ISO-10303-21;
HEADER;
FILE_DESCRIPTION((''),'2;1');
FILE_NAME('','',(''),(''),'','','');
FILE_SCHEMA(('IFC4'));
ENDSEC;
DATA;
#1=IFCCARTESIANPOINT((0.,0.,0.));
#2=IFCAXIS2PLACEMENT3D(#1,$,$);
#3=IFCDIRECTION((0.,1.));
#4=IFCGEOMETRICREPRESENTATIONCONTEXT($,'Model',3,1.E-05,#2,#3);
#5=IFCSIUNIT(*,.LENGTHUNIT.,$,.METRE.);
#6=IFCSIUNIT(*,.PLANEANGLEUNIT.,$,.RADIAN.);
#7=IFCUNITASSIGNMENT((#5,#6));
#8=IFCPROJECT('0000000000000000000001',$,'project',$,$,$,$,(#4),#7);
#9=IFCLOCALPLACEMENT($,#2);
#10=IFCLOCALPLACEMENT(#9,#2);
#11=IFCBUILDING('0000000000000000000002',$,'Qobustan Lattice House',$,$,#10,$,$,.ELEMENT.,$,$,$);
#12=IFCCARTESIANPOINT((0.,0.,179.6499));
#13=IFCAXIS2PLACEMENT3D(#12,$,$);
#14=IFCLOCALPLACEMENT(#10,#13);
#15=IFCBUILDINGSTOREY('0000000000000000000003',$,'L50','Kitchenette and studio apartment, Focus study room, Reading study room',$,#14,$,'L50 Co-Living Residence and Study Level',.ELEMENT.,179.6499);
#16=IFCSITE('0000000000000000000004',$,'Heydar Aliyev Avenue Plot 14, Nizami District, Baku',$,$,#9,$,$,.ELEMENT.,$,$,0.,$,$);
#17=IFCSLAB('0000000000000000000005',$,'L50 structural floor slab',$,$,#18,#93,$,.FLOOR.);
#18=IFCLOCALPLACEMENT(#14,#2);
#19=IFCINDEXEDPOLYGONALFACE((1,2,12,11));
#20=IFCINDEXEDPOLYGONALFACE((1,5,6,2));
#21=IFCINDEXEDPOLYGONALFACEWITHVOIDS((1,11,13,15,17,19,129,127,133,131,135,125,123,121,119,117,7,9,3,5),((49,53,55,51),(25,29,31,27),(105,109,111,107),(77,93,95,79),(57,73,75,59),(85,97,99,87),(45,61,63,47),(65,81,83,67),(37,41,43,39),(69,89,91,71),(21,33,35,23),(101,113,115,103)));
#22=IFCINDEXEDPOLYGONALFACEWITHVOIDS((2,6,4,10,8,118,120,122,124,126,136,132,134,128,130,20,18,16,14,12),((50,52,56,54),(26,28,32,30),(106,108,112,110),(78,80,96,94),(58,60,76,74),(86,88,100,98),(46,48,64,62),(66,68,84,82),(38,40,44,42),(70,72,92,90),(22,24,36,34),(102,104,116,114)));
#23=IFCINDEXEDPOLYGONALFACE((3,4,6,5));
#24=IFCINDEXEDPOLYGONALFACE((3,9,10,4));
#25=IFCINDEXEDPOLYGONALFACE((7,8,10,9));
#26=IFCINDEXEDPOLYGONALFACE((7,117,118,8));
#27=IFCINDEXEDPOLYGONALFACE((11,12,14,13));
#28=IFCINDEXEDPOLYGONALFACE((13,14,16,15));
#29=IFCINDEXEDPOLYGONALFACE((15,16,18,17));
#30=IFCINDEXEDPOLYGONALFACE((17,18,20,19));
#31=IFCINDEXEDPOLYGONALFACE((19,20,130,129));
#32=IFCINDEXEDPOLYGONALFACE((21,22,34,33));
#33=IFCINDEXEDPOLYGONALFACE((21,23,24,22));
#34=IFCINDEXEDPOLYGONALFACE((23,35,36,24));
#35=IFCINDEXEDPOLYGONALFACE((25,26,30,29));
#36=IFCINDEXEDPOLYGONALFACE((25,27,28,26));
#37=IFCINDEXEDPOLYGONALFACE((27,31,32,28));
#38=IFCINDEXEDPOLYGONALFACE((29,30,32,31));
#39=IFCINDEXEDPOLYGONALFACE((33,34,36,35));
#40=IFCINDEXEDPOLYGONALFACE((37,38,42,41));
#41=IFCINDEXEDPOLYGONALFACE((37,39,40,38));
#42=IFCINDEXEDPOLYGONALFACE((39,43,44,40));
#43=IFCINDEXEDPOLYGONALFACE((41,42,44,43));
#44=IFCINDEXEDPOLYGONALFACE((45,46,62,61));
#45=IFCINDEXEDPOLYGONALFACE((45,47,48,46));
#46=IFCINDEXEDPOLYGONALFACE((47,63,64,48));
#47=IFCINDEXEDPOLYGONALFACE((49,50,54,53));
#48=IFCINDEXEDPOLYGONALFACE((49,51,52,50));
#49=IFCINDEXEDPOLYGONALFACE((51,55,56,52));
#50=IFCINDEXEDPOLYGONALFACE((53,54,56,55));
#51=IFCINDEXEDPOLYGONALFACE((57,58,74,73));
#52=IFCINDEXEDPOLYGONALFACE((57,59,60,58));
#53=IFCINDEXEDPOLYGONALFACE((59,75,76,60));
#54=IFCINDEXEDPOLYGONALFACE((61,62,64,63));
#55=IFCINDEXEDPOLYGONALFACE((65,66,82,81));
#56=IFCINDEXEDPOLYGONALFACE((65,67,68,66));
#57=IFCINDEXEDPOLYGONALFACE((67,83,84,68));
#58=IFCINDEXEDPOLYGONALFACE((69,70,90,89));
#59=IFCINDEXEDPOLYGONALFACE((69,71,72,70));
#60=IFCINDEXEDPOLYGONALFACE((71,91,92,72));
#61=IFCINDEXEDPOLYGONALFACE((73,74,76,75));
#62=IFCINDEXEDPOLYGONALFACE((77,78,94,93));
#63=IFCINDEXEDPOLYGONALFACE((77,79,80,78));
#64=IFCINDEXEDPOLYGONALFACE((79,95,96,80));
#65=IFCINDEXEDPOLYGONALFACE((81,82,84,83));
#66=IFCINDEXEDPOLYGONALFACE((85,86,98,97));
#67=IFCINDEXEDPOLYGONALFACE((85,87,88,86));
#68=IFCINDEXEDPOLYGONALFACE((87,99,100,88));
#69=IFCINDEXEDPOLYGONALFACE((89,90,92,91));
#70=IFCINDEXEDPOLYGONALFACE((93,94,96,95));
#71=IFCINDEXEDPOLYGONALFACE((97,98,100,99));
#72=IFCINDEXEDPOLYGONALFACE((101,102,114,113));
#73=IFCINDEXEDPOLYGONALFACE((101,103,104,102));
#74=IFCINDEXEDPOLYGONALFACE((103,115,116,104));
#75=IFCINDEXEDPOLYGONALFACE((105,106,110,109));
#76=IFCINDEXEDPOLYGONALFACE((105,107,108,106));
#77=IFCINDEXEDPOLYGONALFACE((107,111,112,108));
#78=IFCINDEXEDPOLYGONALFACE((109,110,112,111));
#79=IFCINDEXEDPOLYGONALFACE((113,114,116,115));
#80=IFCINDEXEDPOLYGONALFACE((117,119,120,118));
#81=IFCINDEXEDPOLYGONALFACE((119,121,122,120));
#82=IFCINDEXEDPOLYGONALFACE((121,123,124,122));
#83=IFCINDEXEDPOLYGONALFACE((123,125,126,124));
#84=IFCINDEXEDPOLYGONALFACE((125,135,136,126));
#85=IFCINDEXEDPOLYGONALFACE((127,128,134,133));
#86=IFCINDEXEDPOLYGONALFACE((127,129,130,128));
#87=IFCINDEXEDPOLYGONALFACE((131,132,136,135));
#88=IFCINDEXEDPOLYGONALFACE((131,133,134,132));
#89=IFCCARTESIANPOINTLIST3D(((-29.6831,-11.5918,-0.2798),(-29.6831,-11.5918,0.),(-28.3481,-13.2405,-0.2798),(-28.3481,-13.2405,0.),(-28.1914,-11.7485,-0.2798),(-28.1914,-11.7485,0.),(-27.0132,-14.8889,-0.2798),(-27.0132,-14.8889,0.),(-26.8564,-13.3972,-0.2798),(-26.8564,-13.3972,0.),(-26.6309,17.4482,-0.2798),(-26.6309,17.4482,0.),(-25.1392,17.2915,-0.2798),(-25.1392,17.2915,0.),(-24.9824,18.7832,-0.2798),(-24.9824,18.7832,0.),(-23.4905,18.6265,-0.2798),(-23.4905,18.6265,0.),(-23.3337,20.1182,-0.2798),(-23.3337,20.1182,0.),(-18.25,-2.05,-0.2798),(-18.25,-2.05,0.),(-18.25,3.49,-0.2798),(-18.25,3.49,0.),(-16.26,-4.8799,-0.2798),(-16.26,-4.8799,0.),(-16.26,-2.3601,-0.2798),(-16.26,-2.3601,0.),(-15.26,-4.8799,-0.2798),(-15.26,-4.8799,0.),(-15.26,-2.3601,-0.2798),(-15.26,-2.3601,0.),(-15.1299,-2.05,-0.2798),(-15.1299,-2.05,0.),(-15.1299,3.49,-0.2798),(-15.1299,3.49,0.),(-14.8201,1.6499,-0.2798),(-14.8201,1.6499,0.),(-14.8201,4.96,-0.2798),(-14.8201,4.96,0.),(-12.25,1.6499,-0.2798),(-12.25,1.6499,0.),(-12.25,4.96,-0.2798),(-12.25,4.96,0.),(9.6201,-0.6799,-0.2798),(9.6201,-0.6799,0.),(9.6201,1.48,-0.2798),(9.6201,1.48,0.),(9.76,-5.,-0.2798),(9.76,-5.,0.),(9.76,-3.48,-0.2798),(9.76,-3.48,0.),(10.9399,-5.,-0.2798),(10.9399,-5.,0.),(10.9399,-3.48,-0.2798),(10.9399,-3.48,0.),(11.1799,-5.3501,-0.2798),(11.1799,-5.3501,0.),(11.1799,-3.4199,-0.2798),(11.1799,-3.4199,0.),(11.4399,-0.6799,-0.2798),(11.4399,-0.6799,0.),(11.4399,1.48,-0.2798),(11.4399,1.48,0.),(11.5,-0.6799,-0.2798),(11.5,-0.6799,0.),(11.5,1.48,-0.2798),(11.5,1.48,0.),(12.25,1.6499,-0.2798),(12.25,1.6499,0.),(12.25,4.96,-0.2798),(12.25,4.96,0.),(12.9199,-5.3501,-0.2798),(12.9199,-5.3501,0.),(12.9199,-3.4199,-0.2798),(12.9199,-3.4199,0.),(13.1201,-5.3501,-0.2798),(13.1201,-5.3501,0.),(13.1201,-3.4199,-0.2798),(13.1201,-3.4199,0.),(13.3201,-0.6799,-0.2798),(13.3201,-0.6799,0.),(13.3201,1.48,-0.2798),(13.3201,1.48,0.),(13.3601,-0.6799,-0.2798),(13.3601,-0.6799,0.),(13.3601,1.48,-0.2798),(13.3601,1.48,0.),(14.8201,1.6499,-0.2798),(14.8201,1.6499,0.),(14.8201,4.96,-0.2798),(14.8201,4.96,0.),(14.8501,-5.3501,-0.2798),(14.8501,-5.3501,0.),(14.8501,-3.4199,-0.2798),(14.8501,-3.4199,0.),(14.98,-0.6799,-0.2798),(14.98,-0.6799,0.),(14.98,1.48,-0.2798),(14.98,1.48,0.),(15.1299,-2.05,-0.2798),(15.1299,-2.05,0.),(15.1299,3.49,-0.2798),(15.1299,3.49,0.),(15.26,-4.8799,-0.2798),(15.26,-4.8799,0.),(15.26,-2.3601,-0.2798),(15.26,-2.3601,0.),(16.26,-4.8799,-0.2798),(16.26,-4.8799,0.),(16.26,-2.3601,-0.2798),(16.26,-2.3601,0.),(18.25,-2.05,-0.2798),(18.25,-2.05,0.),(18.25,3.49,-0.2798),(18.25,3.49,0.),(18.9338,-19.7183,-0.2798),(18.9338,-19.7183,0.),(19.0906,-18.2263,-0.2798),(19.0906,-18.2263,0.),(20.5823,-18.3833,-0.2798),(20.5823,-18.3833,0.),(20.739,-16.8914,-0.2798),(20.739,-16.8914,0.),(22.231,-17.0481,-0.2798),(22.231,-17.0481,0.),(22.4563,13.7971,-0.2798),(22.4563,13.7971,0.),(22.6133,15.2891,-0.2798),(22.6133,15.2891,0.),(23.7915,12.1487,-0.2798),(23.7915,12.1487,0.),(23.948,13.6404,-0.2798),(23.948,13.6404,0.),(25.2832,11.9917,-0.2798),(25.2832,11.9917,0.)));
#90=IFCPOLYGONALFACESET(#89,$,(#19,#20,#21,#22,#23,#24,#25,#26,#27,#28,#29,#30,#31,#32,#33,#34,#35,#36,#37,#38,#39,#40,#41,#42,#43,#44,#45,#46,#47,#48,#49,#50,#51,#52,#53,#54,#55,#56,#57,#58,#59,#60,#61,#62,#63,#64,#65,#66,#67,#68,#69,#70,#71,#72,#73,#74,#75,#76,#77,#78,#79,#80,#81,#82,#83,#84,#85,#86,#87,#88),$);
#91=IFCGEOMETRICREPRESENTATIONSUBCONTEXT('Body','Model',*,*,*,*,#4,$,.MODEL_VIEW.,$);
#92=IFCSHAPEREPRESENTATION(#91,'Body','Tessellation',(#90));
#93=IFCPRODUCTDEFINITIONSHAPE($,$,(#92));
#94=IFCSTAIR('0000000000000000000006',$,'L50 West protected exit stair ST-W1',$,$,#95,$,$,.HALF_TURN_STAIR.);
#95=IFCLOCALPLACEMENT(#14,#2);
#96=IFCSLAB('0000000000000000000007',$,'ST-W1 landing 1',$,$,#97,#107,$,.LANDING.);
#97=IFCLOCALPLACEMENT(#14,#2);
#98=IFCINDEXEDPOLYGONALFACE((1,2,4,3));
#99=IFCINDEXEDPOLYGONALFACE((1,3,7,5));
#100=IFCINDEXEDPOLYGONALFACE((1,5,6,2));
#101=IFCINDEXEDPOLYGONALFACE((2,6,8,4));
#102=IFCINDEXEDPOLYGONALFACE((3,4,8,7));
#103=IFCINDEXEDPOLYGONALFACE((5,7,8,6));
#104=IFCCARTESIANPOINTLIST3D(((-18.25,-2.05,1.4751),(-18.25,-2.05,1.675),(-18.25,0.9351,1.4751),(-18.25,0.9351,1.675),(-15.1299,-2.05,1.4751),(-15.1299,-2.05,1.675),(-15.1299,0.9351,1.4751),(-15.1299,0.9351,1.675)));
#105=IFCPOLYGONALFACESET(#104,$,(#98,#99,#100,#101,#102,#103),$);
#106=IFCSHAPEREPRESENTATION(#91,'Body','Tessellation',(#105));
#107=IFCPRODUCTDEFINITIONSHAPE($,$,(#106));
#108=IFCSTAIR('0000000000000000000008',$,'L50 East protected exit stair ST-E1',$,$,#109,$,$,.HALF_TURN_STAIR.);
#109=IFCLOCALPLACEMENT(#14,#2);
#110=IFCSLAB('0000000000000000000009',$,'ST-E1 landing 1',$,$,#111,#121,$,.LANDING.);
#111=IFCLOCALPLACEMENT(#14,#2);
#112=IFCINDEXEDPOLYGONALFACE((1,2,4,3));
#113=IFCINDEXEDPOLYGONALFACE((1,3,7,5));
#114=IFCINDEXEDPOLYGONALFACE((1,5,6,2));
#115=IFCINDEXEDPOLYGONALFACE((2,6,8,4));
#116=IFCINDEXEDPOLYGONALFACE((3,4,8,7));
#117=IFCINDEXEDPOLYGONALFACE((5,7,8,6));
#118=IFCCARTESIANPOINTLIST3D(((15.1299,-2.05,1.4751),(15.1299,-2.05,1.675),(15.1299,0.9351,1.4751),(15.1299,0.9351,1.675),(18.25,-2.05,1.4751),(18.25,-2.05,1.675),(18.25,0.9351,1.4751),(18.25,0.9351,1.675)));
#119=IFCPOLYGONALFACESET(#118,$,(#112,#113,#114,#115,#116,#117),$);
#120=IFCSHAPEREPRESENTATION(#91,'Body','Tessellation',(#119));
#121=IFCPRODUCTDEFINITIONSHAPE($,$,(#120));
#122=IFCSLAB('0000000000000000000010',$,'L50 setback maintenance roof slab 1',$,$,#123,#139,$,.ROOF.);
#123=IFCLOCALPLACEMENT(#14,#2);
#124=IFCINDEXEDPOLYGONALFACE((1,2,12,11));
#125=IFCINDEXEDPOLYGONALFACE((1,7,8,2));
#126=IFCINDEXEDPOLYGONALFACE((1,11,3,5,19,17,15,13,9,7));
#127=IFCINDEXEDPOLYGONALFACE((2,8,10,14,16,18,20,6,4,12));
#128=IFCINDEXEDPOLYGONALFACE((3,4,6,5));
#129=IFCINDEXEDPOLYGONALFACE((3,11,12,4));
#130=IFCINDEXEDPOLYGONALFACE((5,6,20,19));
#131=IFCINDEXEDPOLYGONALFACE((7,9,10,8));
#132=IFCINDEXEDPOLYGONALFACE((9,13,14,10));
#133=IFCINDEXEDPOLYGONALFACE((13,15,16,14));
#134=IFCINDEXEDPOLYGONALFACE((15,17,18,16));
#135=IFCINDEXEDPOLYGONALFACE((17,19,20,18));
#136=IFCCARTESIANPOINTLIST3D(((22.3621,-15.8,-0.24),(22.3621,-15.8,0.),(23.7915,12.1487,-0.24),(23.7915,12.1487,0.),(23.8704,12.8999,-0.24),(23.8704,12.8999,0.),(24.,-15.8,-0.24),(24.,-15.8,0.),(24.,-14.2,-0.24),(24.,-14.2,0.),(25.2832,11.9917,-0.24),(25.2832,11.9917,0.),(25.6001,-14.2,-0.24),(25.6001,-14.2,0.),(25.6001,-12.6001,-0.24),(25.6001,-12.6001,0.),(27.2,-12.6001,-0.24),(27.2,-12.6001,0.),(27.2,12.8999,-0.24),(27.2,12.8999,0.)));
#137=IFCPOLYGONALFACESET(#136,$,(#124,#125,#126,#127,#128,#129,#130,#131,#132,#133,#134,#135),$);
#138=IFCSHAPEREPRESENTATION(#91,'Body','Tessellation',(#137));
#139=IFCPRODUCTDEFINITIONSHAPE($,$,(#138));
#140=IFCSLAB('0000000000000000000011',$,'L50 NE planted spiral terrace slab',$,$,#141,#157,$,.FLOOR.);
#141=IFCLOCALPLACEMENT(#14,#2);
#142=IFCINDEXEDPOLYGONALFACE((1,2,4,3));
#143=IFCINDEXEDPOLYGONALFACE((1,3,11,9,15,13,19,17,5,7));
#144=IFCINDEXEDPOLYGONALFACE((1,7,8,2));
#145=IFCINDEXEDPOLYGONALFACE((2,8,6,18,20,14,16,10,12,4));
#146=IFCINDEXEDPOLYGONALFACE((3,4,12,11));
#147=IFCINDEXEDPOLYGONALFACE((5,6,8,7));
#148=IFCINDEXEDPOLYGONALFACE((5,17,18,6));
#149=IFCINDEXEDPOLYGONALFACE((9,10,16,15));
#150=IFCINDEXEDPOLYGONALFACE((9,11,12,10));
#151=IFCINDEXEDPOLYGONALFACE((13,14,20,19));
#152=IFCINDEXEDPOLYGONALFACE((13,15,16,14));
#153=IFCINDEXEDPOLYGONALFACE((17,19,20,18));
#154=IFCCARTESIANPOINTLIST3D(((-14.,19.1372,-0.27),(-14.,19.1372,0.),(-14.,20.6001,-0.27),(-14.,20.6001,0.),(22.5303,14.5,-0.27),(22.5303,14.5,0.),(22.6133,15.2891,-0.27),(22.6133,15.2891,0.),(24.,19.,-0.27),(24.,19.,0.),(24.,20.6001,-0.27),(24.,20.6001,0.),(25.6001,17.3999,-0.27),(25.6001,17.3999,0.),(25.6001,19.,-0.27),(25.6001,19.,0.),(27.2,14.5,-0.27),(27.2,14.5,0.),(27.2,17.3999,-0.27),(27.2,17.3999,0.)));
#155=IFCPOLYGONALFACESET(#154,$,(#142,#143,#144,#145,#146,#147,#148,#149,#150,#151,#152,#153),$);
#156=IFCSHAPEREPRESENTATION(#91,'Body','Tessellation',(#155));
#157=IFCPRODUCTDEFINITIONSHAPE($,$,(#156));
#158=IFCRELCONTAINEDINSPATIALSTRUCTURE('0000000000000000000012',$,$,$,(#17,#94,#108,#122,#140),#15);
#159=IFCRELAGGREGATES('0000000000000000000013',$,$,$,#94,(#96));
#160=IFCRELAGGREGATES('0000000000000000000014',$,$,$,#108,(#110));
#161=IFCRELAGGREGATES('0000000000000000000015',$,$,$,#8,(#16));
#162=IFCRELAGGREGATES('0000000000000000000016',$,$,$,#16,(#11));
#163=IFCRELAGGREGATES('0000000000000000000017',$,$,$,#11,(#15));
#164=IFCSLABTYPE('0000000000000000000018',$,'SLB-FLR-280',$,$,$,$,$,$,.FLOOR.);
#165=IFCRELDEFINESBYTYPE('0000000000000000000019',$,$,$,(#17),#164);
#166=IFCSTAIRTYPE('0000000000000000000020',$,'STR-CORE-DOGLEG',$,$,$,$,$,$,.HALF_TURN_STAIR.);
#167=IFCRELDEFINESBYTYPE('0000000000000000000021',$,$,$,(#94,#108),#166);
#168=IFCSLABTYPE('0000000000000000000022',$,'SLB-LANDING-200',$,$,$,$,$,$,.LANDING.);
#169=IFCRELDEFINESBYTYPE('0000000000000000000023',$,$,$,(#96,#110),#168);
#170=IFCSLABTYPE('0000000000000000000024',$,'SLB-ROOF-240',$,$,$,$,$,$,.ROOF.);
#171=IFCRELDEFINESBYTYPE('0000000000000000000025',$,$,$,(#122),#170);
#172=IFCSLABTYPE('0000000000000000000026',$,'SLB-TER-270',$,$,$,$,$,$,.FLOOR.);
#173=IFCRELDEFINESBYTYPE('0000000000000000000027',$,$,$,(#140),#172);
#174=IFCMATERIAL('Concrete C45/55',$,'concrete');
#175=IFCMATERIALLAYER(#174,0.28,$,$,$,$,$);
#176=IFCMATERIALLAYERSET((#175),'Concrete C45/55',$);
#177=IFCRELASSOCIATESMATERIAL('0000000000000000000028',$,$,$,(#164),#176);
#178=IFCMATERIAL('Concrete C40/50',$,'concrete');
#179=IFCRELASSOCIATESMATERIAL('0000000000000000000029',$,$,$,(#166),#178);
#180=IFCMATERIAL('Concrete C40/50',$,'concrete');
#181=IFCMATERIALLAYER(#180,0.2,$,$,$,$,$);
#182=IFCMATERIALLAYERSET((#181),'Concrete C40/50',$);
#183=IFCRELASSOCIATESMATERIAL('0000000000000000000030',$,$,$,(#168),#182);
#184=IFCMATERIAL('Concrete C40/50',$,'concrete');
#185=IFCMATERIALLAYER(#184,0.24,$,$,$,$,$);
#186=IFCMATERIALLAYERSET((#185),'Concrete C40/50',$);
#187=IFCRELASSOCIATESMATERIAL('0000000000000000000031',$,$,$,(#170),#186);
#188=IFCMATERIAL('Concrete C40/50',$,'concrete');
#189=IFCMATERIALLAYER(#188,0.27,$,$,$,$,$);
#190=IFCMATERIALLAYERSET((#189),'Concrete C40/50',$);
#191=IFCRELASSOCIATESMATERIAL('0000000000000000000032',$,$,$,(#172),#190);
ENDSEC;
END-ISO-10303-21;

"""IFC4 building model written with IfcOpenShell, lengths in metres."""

from ifc_helpers import new_model, si_unit, direction, frame, origin, place, context, subcontext, project, spatial, polyline, outline, extrude, material, layer, layer_set, type_object, element, aggregate, save


model = new_model("IFC4")

# Units and contexts
model_context = context("Model", 3, precision=1e-05, world=origin(), true_north=direction((0.0, 1.0)))
body_context = subcontext(model_context, "Body", "Model", "MODEL_VIEW")
ifc_project = project(units=[si_unit("LENGTHUNIT", "METRE"), si_unit("PLANEANGLEUNIT", "RADIAN")], contexts=[model_context])

# Site, building, storey
site_placement = place(None, origin())
site = spatial("IfcSite", under=ifc_project, at=site_placement, Name="Heydar Aliyev Avenue Plot 14, Nizami District, Baku", CompositionType="ELEMENT", RefElevation=0.0)
building_placement = place(site_placement, origin())
building = spatial("IfcBuilding", under=site, at=building_placement, Name="Qobustan Lattice House", CompositionType="ELEMENT")
storey_placement = place(building_placement, frame((0.0, 0.0, 179.6499)))
storey = spatial("IfcBuildingStorey", under=building, at=storey_placement, Name="L50", Description="Kitchenette and studio apartment, Focus study room, Reading study room", LongName="L50 Co-Living Residence and Study Level", CompositionType="ELEMENT", Elevation=179.6499)

# Slab
ifc_material_1 = material(Name="Concrete C45/55", Category="concrete")
ifc_layer_1 = layer(ifc_material_1, 0.28)
ifc_layer_set_1 = layer_set([ifc_layer_1], Name="Concrete C45/55")
slab_type_1 = type_object("IfcSlabType", Name="SLB-FLR-280", PredefinedType="FLOOR", material=ifc_layer_set_1)
slab_1_placement = place(storey_placement, frame((0.0, 0.0, -0.2798)))
element("IfcSlab", 1, at=slab_1_placement, inside=storey, type_object=slab_type_1, Name="L50 structural floor slab", PredefinedType="FLOOR", context=body_context, shape_type="SweptSolid", body=[
    extrude(outline(polyline([(-27.0132, -14.8889), (18.9338, -19.7183), (19.0906, -18.2263), (20.5823, -18.3833), (20.739, -16.8914), (22.231, -17.0481), (25.2832, 11.9917), (23.7915, 12.1487), (23.948, 13.6404), (22.4563, 13.7971), (22.6133, 15.2891), (-23.3337, 20.1182), (-23.4905, 18.6265), (-24.9824, 18.7832), (-25.1392, 17.2915), (-26.6309, 17.4482), (-29.6831, -11.5918), (-28.1914, -11.7485), (-28.3481, -13.2405), (-26.8564, -13.3972), (-27.0132, -14.8889)]), holes=[polyline([(-18.25, -2.05), (-18.25, 3.49), (-15.1299, 3.49), (-15.1299, -2.05), (-18.25, -2.05)]), polyline([(15.1299, -2.05), (15.1299, 3.49), (18.25, 3.49), (18.25, -2.05), (15.1299, -2.05)]), polyline([(-14.8201, 1.6499), (-14.8201, 4.96), (-12.25, 4.96), (-12.25, 1.6499), (-14.8201, 1.6499)]), polyline([(12.25, 1.6499), (12.25, 4.96), (14.8201, 4.96), (14.8201, 1.6499), (12.25, 1.6499)]), polyline([(-16.26, -4.8799), (-16.26, -2.3601), (-15.26, -2.3601), (-15.26, -4.8799), (-16.26, -4.8799)]), polyline([(15.26, -4.8799), (15.26, -2.3601), (16.26, -2.3601), (16.26, -4.8799), (15.26, -4.8799)]), polyline([(11.1799, -5.3501), (11.1799, -3.4199), (12.9199, -3.4199), (12.9199, -5.3501), (11.1799, -5.3501)]), polyline([(13.1201, -5.3501), (13.1201, -3.4199), (14.8501, -3.4199), (14.8501, -5.3501), (13.1201, -5.3501)]), polyline([(9.76, -5.0), (9.76, -3.48), (10.9399, -3.48), (10.9399, -5.0), (9.76, -5.0)]), polyline([(13.3601, -0.6799), (13.3601, 1.48), (14.98, 1.48), (14.98, -0.6799), (13.3601, -0.6799)]), polyline([(9.6201, -0.6799), (9.6201, 1.48), (11.4399, 1.48), (11.4399, -0.6799), (9.6201, -0.6799)]), polyline([(11.5, -0.6799), (11.5, 1.48), (13.3201, 1.48), (13.3201, -0.6799), (11.5, -0.6799)])]), origin(), (0.0, 0.0, 1.0), 0.2798),
])

# Stairs, slabs
ifc_material_2 = material(Name="Concrete C40/50", Category="concrete")
stair_type = type_object("IfcStairType", Name="STR-CORE-DOGLEG", PredefinedType="HALF_TURN_STAIR", material=ifc_material_2)
stair_1_placement = place(storey_placement, origin())
stair_1 = element("IfcStair", 2, at=stair_1_placement, inside=storey, type_object=stair_type, Name="L50 West protected exit stair ST-W1", PredefinedType="HALF_TURN_STAIR")
ifc_material_3 = material(Name="Concrete C40/50", Category="concrete")
ifc_layer_2 = layer(ifc_material_3, 0.2)
ifc_layer_set_2 = layer_set([ifc_layer_2], Name="Concrete C40/50")
slab_type_2 = type_object("IfcSlabType", Name="SLB-LANDING-200", PredefinedType="LANDING", material=ifc_layer_set_2)
slab_2_placement = place(storey_placement, frame((0.0, 0.0, 1.4751)))
slab_2 = element("IfcSlab", 3, at=slab_2_placement, type_object=slab_type_2, Name="ST-W1 landing 1", PredefinedType="LANDING", context=body_context, shape_type="SweptSolid", body=[
    extrude(outline(polyline([(-18.25, 0.9351), (-18.25, -2.05), (-15.1299, -2.05), (-15.1299, 0.9351), (-18.25, 0.9351)])), origin(), (0.0, 0.0, 1.0), 0.2),
])
aggregate(stair_1, [slab_2])
stair_2_placement = place(storey_placement, origin())
stair_2 = element("IfcStair", 4, at=stair_2_placement, inside=storey, type_object=stair_type, Name="L50 East protected exit stair ST-E1", PredefinedType="HALF_TURN_STAIR")
slab_3_placement = place(storey_placement, frame((0.0, 0.0, 1.4751)))
slab_3 = element("IfcSlab", 5, at=slab_3_placement, type_object=slab_type_2, Name="ST-E1 landing 1", PredefinedType="LANDING", context=body_context, shape_type="SweptSolid", body=[
    extrude(outline(polyline([(15.1299, 0.9351), (15.1299, -2.05), (18.25, -2.05), (18.25, 0.9351), (15.1299, 0.9351)])), origin(), (0.0, 0.0, 1.0), 0.2),
])
aggregate(stair_2, [slab_3])

# Slabs
ifc_material_4 = material(Name="Concrete C40/50", Category="concrete")
ifc_layer_3 = layer(ifc_material_4, 0.24)
ifc_layer_set_3 = layer_set([ifc_layer_3], Name="Concrete C40/50")
slab_type_3 = type_object("IfcSlabType", Name="SLB-ROOF-240", PredefinedType="ROOF", material=ifc_layer_set_3)
slab_4_placement = place(storey_placement, frame((0.0, 0.0, -0.24)))
element("IfcSlab", 6, at=slab_4_placement, inside=storey, type_object=slab_type_3, Name="L50 setback maintenance roof slab 1", PredefinedType="ROOF", context=body_context, shape_type="SweptSolid", body=[
    extrude(outline(polyline([(27.2, 12.8999), (23.8704, 12.8999), (23.7915, 12.1487), (25.2832, 11.9917), (22.3621, -15.8), (24.0, -15.8), (24.0, -14.2), (25.6001, -14.2), (25.6001, -12.6001), (27.2, -12.6001), (27.2, 12.8999)])), origin(), (0.0, 0.0, 1.0), 0.24),
])
ifc_material_5 = material(Name="Concrete C40/50", Category="concrete")
ifc_layer_4 = layer(ifc_material_5, 0.27)
ifc_layer_set_4 = layer_set([ifc_layer_4], Name="Concrete C40/50")
slab_type_4 = type_object("IfcSlabType", Name="SLB-TER-270", PredefinedType="FLOOR", material=ifc_layer_set_4)
slab_5_placement = place(storey_placement, frame((0.0, 0.0, -0.27)))
element("IfcSlab", 7, at=slab_5_placement, inside=storey, type_object=slab_type_4, Name="L50 NE planted spiral terrace slab", PredefinedType="FLOOR", context=body_context, shape_type="SweptSolid", body=[
    extrude(outline(polyline([(-14.0, 20.6001), (-14.0, 19.1372), (22.6133, 15.2891), (22.5303, 14.5), (27.2, 14.5), (27.2, 17.3999), (25.6001, 17.3999), (25.6001, 19.0), (24.0, 19.0), (24.0, 20.6001), (-14.0, 20.6001)])), origin(), (0.0, 0.0, 1.0), 0.27),
])

save(model, "model.ifc")
